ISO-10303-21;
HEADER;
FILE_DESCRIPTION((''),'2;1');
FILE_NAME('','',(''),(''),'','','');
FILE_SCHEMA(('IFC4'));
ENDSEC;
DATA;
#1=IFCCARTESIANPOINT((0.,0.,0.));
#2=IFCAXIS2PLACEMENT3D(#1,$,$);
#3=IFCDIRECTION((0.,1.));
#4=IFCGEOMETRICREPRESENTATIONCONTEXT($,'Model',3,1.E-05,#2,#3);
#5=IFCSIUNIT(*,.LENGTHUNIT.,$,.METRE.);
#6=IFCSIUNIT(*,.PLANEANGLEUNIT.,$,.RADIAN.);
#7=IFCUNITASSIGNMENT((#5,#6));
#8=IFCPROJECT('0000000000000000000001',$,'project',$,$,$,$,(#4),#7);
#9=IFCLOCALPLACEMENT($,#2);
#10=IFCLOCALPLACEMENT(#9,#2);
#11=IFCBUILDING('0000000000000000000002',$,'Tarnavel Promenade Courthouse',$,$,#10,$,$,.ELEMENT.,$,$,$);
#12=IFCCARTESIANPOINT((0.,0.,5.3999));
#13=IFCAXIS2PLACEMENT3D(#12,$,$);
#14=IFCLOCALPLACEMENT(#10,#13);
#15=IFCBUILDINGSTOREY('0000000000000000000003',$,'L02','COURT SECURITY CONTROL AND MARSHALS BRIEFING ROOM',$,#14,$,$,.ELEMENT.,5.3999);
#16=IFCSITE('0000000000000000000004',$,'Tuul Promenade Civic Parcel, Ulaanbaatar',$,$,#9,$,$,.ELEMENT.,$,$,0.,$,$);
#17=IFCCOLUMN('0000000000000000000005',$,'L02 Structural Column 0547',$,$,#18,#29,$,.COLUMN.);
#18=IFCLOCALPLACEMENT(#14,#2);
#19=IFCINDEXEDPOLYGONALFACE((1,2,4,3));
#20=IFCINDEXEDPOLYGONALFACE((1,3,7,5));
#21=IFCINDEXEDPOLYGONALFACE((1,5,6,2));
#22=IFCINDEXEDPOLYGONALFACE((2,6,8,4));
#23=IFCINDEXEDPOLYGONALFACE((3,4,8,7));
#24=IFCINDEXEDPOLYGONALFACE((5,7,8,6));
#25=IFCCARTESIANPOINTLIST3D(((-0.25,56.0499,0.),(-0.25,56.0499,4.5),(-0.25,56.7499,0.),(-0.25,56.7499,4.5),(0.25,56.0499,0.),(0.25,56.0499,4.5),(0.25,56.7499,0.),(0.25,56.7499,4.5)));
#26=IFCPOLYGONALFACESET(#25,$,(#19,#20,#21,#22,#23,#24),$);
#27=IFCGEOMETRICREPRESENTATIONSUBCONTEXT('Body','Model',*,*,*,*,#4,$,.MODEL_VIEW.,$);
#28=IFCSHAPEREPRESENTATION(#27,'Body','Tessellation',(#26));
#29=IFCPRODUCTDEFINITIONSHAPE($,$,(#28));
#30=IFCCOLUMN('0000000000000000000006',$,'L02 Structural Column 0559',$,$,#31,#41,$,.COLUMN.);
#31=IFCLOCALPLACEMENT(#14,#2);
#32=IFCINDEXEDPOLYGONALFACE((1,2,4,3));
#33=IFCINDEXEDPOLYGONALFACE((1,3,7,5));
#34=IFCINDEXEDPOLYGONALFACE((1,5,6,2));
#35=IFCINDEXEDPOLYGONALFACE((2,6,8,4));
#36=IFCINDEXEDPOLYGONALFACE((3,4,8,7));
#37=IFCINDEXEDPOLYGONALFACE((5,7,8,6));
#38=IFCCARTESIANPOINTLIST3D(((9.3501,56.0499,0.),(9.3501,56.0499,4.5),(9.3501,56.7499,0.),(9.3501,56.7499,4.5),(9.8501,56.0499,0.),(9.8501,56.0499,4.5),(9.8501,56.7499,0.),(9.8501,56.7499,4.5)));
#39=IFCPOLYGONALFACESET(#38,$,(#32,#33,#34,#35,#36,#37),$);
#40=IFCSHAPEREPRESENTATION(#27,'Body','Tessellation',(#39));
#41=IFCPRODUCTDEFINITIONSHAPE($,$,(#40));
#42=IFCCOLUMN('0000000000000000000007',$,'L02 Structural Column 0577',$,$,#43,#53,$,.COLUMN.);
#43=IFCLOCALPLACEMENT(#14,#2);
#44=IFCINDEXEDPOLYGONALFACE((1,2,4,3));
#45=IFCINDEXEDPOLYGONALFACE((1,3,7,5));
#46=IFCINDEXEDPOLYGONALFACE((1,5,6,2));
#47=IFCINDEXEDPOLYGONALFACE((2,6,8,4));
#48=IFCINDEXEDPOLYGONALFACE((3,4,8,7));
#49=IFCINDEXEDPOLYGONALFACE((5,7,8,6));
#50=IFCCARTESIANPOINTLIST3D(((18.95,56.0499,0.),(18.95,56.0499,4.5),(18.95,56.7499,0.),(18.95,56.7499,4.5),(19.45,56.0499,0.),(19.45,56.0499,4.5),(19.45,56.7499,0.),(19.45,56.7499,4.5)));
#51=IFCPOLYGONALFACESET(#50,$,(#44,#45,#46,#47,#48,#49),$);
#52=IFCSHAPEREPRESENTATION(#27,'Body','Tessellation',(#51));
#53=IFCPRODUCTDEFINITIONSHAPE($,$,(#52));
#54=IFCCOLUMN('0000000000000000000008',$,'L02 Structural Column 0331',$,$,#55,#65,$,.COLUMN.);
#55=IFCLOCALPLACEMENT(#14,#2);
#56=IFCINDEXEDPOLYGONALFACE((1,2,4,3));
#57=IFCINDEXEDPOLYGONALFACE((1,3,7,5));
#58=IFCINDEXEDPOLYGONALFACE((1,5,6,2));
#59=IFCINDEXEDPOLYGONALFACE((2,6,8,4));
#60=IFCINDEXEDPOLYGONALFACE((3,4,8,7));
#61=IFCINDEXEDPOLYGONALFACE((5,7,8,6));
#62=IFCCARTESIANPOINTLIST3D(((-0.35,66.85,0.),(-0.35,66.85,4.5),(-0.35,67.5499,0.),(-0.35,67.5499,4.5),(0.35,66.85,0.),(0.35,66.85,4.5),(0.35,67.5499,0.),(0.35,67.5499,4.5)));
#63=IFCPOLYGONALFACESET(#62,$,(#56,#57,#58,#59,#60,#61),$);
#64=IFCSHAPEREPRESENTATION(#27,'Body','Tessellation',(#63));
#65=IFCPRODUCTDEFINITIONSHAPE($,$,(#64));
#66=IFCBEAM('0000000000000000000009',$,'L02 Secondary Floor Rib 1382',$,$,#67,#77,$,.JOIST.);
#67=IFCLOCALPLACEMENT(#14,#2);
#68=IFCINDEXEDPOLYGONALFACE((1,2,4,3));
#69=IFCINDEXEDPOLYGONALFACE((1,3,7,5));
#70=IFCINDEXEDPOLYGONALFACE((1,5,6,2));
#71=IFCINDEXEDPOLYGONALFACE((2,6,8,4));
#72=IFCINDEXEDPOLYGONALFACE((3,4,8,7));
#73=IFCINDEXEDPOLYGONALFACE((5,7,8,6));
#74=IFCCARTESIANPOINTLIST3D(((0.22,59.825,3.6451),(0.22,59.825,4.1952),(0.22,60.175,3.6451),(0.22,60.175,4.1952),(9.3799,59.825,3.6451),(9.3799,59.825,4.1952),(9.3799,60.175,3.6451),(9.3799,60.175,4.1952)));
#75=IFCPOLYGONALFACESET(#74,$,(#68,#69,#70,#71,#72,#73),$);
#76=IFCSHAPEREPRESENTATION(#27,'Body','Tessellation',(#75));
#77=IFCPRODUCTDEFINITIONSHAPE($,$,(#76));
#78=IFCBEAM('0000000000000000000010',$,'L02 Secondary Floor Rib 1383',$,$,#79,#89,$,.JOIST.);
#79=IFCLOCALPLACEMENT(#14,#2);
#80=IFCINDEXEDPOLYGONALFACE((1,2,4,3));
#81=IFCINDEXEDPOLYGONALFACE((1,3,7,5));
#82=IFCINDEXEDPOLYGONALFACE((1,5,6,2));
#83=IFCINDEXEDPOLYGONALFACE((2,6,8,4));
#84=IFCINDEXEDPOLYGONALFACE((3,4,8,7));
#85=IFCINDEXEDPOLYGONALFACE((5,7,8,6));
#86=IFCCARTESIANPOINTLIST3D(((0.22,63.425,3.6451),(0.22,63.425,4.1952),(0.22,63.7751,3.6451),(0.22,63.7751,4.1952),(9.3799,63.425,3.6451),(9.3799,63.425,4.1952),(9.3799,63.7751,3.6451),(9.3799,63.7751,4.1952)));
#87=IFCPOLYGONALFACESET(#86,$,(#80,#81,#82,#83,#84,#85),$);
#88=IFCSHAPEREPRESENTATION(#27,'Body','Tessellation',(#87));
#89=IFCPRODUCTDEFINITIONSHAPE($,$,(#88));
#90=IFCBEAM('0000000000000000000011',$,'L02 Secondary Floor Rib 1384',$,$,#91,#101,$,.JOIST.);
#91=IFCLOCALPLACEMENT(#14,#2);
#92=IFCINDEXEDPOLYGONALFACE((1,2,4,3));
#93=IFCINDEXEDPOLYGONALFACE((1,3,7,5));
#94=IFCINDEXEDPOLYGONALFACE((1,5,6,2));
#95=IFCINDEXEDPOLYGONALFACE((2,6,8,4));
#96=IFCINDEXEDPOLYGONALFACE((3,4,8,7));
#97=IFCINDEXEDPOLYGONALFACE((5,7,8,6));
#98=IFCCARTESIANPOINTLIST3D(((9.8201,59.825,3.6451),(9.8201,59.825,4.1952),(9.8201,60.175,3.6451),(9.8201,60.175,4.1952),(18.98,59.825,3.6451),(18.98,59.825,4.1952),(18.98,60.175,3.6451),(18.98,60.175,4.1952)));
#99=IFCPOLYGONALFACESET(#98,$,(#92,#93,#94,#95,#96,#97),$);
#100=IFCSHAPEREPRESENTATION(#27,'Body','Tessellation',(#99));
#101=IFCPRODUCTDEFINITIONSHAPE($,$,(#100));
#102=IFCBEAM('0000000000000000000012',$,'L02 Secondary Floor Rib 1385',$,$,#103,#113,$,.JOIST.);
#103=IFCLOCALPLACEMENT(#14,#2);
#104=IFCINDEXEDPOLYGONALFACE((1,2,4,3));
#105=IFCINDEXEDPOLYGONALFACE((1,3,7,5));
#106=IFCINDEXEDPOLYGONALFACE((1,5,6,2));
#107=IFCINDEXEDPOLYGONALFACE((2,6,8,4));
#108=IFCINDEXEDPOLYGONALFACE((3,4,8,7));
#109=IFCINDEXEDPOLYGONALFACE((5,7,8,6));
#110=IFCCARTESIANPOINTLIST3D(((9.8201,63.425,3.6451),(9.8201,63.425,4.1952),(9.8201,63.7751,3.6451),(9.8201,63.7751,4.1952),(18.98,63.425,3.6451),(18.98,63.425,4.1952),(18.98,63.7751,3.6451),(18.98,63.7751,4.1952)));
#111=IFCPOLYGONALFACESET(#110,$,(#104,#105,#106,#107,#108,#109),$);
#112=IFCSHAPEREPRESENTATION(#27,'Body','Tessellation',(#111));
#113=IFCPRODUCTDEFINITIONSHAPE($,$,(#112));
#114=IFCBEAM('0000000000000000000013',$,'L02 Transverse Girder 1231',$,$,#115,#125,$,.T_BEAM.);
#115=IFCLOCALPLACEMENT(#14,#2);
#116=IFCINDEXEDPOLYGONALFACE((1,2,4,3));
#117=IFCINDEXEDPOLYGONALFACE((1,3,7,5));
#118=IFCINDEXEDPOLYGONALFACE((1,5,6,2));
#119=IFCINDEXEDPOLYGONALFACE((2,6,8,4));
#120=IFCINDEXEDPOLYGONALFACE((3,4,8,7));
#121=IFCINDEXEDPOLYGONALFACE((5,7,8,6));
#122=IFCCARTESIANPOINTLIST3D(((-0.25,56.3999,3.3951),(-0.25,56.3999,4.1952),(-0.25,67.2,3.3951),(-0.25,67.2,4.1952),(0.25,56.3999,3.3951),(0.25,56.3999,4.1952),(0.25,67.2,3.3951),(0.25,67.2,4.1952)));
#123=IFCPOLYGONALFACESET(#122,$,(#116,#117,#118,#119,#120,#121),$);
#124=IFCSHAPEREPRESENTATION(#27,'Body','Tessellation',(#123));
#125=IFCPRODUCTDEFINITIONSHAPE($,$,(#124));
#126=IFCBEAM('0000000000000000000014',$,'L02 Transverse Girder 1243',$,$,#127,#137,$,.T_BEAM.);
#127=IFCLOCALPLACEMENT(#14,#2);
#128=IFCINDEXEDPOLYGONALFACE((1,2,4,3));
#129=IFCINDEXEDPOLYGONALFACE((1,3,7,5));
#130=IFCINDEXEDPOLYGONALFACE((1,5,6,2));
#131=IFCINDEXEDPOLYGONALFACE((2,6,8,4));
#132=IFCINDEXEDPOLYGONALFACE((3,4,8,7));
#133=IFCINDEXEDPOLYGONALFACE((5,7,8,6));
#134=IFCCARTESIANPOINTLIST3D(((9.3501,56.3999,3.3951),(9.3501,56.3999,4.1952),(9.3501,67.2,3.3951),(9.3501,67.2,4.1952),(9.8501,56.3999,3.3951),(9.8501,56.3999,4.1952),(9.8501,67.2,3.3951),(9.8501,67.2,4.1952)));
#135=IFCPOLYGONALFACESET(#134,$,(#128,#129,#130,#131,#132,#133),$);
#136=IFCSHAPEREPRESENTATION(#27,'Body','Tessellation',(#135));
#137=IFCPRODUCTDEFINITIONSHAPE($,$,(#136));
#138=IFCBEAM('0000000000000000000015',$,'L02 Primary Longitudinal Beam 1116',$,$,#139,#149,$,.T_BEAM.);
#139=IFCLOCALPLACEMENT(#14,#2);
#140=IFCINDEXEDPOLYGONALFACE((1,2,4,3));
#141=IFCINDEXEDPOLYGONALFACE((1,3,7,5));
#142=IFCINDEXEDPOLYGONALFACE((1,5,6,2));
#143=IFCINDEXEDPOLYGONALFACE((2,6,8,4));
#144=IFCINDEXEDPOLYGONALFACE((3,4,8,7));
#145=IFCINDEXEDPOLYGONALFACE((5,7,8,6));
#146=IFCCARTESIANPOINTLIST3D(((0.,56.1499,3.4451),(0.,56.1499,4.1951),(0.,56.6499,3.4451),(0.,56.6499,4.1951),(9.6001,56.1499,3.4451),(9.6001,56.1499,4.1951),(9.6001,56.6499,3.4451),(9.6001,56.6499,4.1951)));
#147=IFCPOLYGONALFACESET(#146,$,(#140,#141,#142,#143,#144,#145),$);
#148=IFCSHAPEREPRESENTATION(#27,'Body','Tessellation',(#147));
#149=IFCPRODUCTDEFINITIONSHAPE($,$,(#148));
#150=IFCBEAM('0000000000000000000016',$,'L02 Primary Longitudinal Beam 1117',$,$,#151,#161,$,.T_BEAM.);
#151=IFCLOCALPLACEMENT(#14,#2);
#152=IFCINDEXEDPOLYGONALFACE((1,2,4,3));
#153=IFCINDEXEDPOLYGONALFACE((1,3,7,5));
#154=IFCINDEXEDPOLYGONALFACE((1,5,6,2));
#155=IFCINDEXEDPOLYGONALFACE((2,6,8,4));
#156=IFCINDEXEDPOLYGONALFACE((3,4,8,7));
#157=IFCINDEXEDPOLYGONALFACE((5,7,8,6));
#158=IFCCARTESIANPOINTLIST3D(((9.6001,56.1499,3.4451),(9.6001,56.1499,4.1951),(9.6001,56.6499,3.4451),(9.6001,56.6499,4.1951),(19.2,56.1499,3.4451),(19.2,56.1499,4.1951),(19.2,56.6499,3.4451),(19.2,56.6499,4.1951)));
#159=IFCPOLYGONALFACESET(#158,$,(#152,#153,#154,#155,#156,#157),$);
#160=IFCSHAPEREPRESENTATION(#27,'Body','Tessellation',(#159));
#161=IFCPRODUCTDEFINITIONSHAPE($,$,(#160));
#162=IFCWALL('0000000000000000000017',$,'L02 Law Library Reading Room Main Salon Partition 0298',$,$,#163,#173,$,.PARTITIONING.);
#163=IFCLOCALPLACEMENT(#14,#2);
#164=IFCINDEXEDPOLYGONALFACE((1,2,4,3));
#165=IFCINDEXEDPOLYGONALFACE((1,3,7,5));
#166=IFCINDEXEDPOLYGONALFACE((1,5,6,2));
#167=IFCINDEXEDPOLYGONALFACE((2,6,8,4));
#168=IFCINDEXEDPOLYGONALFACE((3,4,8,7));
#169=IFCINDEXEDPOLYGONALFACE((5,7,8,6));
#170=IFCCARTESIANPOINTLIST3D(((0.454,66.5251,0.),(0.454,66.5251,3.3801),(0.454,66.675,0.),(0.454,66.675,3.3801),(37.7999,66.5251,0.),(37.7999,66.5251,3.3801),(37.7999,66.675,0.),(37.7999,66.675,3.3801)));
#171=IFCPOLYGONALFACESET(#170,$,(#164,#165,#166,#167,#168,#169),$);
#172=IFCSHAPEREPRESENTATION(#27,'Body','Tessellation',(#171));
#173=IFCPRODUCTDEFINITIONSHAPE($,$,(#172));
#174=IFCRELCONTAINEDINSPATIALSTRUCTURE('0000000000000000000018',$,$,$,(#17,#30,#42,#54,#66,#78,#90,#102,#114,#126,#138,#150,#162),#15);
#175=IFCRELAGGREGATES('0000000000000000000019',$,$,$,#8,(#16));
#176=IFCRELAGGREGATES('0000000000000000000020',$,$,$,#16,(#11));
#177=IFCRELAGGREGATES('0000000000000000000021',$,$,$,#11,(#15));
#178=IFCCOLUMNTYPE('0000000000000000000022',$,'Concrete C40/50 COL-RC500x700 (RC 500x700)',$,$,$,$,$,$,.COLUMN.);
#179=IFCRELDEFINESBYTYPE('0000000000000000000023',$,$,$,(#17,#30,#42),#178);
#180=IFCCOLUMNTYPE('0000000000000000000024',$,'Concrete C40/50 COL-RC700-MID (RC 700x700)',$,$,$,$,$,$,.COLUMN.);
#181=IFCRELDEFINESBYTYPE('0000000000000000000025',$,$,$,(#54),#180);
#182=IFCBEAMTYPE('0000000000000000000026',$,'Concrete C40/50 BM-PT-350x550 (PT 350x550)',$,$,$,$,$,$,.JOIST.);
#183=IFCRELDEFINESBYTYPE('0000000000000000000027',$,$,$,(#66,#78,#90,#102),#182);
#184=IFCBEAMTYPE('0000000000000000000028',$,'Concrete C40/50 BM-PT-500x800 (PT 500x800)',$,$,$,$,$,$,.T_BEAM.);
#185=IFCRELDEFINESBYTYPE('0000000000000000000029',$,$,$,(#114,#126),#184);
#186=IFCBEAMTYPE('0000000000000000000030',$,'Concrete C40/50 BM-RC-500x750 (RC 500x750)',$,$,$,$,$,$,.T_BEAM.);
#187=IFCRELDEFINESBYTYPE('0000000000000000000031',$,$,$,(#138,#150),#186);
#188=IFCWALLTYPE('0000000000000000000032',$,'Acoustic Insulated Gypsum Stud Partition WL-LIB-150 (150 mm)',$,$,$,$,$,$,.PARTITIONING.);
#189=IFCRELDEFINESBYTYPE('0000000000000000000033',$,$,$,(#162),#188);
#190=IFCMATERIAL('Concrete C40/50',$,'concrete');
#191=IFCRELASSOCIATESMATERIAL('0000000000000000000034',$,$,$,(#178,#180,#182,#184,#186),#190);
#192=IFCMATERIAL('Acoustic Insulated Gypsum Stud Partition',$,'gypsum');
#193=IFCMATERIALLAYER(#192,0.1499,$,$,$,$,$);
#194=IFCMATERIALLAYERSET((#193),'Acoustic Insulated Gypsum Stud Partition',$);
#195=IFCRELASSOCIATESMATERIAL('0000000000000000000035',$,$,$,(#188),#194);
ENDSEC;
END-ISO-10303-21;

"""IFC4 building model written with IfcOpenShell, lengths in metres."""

from ifc_helpers import new_model, si_unit, direction, frame, frame_2d, origin, origin_2d, place, context, subcontext, project, spatial, rectangle, extrude, material, layer, layer_set, material_profile, profile_set, type_object, element, save


model = new_model("IFC4")

# Units and contexts
model_context = context("Model", 3, precision=1e-05, world=origin(), true_north=direction((0.0, 1.0)))
body_context = subcontext(model_context, "Body", "Model", "MODEL_VIEW")
ifc_project = project(units=[si_unit("LENGTHUNIT", "METRE"), si_unit("PLANEANGLEUNIT", "RADIAN")], contexts=[model_context])

# Site, building, storey
site_placement = place(None, origin())
site = spatial("IfcSite", under=ifc_project, at=site_placement, Name="Tuul Promenade Civic Parcel, Ulaanbaatar", CompositionType="ELEMENT", RefElevation=0.0)
building_placement = place(site_placement, origin())
building = spatial("IfcBuilding", under=site, at=building_placement, Name="Tarnavel Promenade Courthouse", CompositionType="ELEMENT")
storey_placement = place(building_placement, frame((0.0, 0.0, 5.3999)))
storey = spatial("IfcBuildingStorey", under=building, at=storey_placement, Name="L02", Description="COURT SECURITY CONTROL AND MARSHALS BRIEFING ROOM", CompositionType="ELEMENT", Elevation=5.3999)

# Columns
ifc_material_1 = material(Name="Concrete C40/50", Category="concrete")
ifc_material_profile_1 = material_profile(ifc_material_1, rectangle(XDim=0.5, YDim=0.7, at=origin_2d()), Name="RC 500x700")
ifc_profile_set_1 = profile_set([ifc_material_profile_1], Name="Concrete C40/50")
column_type_1 = type_object("IfcColumnType", Name="Concrete C40/50 COL-RC500x700 (RC 500x700)", PredefinedType="COLUMN", material=ifc_profile_set_1)
for number, where, z_axis, x_axis, name in (
    (1, (0.0, 56.3999, 0.0), (0.0, 0.0, 1.0), (1.0, 0.0, 0.0), "L02 Structural Column 0547"),
    (2, (9.6001, 56.3999, 0.0), (0.0, 0.0, 1.0), (1.0, 0.0, 0.0), "L02 Structural Column 0559"),
    (3, (19.2, 56.3999, 0.0), (0.0, 0.0, 1.0), (1.0, 0.0, 0.0), "L02 Structural Column 0577"),
):
    element("IfcColumn", number, at=place(storey_placement, frame(where, z_axis=z_axis, x_axis=x_axis)), inside=storey, type_object=column_type_1, Name=name, PredefinedType="COLUMN", context=body_context, shape_type="SweptSolid", body=[
        extrude(rectangle(XDim=0.5, YDim=0.7, at=origin_2d()), origin(), (0.0, 0.0, 1.0), 4.5),
    ])
ifc_material_profile_2 = material_profile(ifc_material_1, rectangle(XDim=0.7, YDim=0.7, at=origin_2d()), Name="RC 700x700")
ifc_profile_set_2 = profile_set([ifc_material_profile_2], Name="Concrete C40/50")
column_type_2 = type_object("IfcColumnType", Name="Concrete C40/50 COL-RC700-MID (RC 700x700)", PredefinedType="COLUMN", material=ifc_profile_set_2)
column_placement = place(storey_placement, frame((0.0, 67.2, 0.0), z_axis=(0.0, 0.0, 1.0), x_axis=(1.0, 0.0, 0.0)))
element("IfcColumn", 4, at=column_placement, inside=storey, type_object=column_type_2, Name="L02 Structural Column 0331", PredefinedType="COLUMN", context=body_context, shape_type="SweptSolid", body=[
    extrude(rectangle(XDim=0.7, YDim=0.7, at=origin_2d()), origin(), (0.0, 0.0, 1.0), 4.5),
])

# Beams
ifc_material_profile_3 = material_profile(ifc_material_1, rectangle(XDim=0.3501, YDim=0.55, at=origin_2d()), Name="PT 350x550")
ifc_profile_set_3 = profile_set([ifc_material_profile_3], Name="Concrete C40/50")
beam_type_1 = type_object("IfcBeamType", Name="Concrete C40/50 BM-PT-350x550 (PT 350x550)", PredefinedType="JOIST", material=ifc_profile_set_3)
for number, where, z_axis, x_axis, name in (
    (5, (0.22, 60.0, 3.9202), (1.0, 0.0, 0.0), (0.0, 1.0, 0.0), "L02 Secondary Floor Rib 1382"),
    (6, (0.22, 63.6001, 3.9202), (1.0, 0.0, 0.0), (0.0, 1.0, 0.0), "L02 Secondary Floor Rib 1383"),
    (7, (9.8201, 60.0, 3.9202), (1.0, 0.0, 0.0), (0.0, 1.0, 0.0), "L02 Secondary Floor Rib 1384"),
    (8, (9.8201, 63.6001, 3.9202), (1.0, 0.0, 0.0), (0.0, 1.0, 0.0), "L02 Secondary Floor Rib 1385"),
):
    element("IfcBeam", number, at=place(storey_placement, frame(where, z_axis=z_axis, x_axis=x_axis)), inside=storey, type_object=beam_type_1, Name=name, PredefinedType="JOIST", context=body_context, shape_type="SweptSolid", body=[
        extrude(rectangle(XDim=0.3501, YDim=0.55, at=origin_2d()), origin(), (0.0, 0.0, 1.0), 9.1599),
    ])
ifc_material_profile_4 = material_profile(ifc_material_1, rectangle(XDim=0.5, YDim=0.8, at=origin_2d()), Name="PT 500x800")
ifc_profile_set_4 = profile_set([ifc_material_profile_4], Name="Concrete C40/50")
beam_type_2 = type_object("IfcBeamType", Name="Concrete C40/50 BM-PT-500x800 (PT 500x800)", PredefinedType="T_BEAM", material=ifc_profile_set_4)
for number, where, z_axis, x_axis, name in (
    (9, (0.0, 56.3999, 3.7952), (0.0, 1.0, 0.0), (-1.0, 0.0, 0.0), "L02 Transverse Girder 1231"),
    (10, (9.6001, 56.3999, 3.7952), (0.0, 1.0, 0.0), (-1.0, 0.0, 0.0), "L02 Transverse Girder 1243"),
):
    element("IfcBeam", number, at=place(storey_placement, frame(where, z_axis=z_axis, x_axis=x_axis)), inside=storey, type_object=beam_type_2, Name=name, PredefinedType="T_BEAM", context=body_context, shape_type="SweptSolid", body=[
        extrude(rectangle(XDim=0.5, YDim=0.8, at=origin_2d()), origin(), (0.0, 0.0, 1.0), 10.8),
    ])
ifc_material_profile_5 = material_profile(ifc_material_1, rectangle(XDim=0.5, YDim=0.75, at=origin_2d()), Name="RC 500x750")
ifc_profile_set_5 = profile_set([ifc_material_profile_5], Name="Concrete C40/50")
beam_type_3 = type_object("IfcBeamType", Name="Concrete C40/50 BM-RC-500x750 (RC 500x750)", PredefinedType="T_BEAM", material=ifc_profile_set_5)
beam_1_placement = place(storey_placement, frame((0.0, 56.3999, 3.8201), z_axis=(1.0, 0.0, 0.0), x_axis=(0.0, 1.0, 0.0)))
element("IfcBeam", 11, at=beam_1_placement, inside=storey, type_object=beam_type_3, Name="L02 Primary Longitudinal Beam 1116", PredefinedType="T_BEAM", context=body_context, shape_type="SweptSolid", body=[
    extrude(rectangle(XDim=0.5, YDim=0.75, at=origin_2d()), origin(), (0.0, 0.0, 1.0), 9.6001),
])
beam_2_placement = place(storey_placement, frame((9.6001, 56.3999, 3.8201), z_axis=(1.0, 0.0, 0.0), x_axis=(0.0, 1.0, 0.0)))
element("IfcBeam", 12, at=beam_2_placement, inside=storey, type_object=beam_type_3, Name="L02 Primary Longitudinal Beam 1117", PredefinedType="T_BEAM", context=body_context, shape_type="SweptSolid", body=[
    extrude(rectangle(XDim=0.5, YDim=0.75, at=origin_2d()), origin(), (0.0, 0.0, 1.0), 9.5999),
])

# Wall
ifc_material_2 = material(Name="Acoustic Insulated Gypsum Stud Partition", Category="gypsum")
ifc_layer_1 = layer(ifc_material_2, 0.1499)
ifc_layer_set_1 = layer_set([ifc_layer_1], Name="Acoustic Insulated Gypsum Stud Partition")
wall_type_1 = type_object("IfcWallType", Name="Acoustic Insulated Gypsum Stud Partition WL-LIB-150 (150 mm)", PredefinedType="PARTITIONING", material=ifc_layer_set_1)
wall_1_placement = place(storey_placement, frame((0.4541, 66.6001, 0.0), z_axis=(0.0, 0.0, 1.0), x_axis=(1.0, 0.0, 0.0)))
element("IfcWall", 13, at=wall_1_placement, inside=storey, type_object=wall_type_1, Name="L02 Law Library Reading Room Main Salon Partition 0298", PredefinedType="PARTITIONING", context=body_context, shape_type="SweptSolid", body=[
    extrude(rectangle(XDim=37.3459, YDim=0.1499, at=frame_2d((18.6729, 0.0))), origin(), (0.0, 0.0, 1.0), 3.3801),
])

save(model, "model.ifc")
